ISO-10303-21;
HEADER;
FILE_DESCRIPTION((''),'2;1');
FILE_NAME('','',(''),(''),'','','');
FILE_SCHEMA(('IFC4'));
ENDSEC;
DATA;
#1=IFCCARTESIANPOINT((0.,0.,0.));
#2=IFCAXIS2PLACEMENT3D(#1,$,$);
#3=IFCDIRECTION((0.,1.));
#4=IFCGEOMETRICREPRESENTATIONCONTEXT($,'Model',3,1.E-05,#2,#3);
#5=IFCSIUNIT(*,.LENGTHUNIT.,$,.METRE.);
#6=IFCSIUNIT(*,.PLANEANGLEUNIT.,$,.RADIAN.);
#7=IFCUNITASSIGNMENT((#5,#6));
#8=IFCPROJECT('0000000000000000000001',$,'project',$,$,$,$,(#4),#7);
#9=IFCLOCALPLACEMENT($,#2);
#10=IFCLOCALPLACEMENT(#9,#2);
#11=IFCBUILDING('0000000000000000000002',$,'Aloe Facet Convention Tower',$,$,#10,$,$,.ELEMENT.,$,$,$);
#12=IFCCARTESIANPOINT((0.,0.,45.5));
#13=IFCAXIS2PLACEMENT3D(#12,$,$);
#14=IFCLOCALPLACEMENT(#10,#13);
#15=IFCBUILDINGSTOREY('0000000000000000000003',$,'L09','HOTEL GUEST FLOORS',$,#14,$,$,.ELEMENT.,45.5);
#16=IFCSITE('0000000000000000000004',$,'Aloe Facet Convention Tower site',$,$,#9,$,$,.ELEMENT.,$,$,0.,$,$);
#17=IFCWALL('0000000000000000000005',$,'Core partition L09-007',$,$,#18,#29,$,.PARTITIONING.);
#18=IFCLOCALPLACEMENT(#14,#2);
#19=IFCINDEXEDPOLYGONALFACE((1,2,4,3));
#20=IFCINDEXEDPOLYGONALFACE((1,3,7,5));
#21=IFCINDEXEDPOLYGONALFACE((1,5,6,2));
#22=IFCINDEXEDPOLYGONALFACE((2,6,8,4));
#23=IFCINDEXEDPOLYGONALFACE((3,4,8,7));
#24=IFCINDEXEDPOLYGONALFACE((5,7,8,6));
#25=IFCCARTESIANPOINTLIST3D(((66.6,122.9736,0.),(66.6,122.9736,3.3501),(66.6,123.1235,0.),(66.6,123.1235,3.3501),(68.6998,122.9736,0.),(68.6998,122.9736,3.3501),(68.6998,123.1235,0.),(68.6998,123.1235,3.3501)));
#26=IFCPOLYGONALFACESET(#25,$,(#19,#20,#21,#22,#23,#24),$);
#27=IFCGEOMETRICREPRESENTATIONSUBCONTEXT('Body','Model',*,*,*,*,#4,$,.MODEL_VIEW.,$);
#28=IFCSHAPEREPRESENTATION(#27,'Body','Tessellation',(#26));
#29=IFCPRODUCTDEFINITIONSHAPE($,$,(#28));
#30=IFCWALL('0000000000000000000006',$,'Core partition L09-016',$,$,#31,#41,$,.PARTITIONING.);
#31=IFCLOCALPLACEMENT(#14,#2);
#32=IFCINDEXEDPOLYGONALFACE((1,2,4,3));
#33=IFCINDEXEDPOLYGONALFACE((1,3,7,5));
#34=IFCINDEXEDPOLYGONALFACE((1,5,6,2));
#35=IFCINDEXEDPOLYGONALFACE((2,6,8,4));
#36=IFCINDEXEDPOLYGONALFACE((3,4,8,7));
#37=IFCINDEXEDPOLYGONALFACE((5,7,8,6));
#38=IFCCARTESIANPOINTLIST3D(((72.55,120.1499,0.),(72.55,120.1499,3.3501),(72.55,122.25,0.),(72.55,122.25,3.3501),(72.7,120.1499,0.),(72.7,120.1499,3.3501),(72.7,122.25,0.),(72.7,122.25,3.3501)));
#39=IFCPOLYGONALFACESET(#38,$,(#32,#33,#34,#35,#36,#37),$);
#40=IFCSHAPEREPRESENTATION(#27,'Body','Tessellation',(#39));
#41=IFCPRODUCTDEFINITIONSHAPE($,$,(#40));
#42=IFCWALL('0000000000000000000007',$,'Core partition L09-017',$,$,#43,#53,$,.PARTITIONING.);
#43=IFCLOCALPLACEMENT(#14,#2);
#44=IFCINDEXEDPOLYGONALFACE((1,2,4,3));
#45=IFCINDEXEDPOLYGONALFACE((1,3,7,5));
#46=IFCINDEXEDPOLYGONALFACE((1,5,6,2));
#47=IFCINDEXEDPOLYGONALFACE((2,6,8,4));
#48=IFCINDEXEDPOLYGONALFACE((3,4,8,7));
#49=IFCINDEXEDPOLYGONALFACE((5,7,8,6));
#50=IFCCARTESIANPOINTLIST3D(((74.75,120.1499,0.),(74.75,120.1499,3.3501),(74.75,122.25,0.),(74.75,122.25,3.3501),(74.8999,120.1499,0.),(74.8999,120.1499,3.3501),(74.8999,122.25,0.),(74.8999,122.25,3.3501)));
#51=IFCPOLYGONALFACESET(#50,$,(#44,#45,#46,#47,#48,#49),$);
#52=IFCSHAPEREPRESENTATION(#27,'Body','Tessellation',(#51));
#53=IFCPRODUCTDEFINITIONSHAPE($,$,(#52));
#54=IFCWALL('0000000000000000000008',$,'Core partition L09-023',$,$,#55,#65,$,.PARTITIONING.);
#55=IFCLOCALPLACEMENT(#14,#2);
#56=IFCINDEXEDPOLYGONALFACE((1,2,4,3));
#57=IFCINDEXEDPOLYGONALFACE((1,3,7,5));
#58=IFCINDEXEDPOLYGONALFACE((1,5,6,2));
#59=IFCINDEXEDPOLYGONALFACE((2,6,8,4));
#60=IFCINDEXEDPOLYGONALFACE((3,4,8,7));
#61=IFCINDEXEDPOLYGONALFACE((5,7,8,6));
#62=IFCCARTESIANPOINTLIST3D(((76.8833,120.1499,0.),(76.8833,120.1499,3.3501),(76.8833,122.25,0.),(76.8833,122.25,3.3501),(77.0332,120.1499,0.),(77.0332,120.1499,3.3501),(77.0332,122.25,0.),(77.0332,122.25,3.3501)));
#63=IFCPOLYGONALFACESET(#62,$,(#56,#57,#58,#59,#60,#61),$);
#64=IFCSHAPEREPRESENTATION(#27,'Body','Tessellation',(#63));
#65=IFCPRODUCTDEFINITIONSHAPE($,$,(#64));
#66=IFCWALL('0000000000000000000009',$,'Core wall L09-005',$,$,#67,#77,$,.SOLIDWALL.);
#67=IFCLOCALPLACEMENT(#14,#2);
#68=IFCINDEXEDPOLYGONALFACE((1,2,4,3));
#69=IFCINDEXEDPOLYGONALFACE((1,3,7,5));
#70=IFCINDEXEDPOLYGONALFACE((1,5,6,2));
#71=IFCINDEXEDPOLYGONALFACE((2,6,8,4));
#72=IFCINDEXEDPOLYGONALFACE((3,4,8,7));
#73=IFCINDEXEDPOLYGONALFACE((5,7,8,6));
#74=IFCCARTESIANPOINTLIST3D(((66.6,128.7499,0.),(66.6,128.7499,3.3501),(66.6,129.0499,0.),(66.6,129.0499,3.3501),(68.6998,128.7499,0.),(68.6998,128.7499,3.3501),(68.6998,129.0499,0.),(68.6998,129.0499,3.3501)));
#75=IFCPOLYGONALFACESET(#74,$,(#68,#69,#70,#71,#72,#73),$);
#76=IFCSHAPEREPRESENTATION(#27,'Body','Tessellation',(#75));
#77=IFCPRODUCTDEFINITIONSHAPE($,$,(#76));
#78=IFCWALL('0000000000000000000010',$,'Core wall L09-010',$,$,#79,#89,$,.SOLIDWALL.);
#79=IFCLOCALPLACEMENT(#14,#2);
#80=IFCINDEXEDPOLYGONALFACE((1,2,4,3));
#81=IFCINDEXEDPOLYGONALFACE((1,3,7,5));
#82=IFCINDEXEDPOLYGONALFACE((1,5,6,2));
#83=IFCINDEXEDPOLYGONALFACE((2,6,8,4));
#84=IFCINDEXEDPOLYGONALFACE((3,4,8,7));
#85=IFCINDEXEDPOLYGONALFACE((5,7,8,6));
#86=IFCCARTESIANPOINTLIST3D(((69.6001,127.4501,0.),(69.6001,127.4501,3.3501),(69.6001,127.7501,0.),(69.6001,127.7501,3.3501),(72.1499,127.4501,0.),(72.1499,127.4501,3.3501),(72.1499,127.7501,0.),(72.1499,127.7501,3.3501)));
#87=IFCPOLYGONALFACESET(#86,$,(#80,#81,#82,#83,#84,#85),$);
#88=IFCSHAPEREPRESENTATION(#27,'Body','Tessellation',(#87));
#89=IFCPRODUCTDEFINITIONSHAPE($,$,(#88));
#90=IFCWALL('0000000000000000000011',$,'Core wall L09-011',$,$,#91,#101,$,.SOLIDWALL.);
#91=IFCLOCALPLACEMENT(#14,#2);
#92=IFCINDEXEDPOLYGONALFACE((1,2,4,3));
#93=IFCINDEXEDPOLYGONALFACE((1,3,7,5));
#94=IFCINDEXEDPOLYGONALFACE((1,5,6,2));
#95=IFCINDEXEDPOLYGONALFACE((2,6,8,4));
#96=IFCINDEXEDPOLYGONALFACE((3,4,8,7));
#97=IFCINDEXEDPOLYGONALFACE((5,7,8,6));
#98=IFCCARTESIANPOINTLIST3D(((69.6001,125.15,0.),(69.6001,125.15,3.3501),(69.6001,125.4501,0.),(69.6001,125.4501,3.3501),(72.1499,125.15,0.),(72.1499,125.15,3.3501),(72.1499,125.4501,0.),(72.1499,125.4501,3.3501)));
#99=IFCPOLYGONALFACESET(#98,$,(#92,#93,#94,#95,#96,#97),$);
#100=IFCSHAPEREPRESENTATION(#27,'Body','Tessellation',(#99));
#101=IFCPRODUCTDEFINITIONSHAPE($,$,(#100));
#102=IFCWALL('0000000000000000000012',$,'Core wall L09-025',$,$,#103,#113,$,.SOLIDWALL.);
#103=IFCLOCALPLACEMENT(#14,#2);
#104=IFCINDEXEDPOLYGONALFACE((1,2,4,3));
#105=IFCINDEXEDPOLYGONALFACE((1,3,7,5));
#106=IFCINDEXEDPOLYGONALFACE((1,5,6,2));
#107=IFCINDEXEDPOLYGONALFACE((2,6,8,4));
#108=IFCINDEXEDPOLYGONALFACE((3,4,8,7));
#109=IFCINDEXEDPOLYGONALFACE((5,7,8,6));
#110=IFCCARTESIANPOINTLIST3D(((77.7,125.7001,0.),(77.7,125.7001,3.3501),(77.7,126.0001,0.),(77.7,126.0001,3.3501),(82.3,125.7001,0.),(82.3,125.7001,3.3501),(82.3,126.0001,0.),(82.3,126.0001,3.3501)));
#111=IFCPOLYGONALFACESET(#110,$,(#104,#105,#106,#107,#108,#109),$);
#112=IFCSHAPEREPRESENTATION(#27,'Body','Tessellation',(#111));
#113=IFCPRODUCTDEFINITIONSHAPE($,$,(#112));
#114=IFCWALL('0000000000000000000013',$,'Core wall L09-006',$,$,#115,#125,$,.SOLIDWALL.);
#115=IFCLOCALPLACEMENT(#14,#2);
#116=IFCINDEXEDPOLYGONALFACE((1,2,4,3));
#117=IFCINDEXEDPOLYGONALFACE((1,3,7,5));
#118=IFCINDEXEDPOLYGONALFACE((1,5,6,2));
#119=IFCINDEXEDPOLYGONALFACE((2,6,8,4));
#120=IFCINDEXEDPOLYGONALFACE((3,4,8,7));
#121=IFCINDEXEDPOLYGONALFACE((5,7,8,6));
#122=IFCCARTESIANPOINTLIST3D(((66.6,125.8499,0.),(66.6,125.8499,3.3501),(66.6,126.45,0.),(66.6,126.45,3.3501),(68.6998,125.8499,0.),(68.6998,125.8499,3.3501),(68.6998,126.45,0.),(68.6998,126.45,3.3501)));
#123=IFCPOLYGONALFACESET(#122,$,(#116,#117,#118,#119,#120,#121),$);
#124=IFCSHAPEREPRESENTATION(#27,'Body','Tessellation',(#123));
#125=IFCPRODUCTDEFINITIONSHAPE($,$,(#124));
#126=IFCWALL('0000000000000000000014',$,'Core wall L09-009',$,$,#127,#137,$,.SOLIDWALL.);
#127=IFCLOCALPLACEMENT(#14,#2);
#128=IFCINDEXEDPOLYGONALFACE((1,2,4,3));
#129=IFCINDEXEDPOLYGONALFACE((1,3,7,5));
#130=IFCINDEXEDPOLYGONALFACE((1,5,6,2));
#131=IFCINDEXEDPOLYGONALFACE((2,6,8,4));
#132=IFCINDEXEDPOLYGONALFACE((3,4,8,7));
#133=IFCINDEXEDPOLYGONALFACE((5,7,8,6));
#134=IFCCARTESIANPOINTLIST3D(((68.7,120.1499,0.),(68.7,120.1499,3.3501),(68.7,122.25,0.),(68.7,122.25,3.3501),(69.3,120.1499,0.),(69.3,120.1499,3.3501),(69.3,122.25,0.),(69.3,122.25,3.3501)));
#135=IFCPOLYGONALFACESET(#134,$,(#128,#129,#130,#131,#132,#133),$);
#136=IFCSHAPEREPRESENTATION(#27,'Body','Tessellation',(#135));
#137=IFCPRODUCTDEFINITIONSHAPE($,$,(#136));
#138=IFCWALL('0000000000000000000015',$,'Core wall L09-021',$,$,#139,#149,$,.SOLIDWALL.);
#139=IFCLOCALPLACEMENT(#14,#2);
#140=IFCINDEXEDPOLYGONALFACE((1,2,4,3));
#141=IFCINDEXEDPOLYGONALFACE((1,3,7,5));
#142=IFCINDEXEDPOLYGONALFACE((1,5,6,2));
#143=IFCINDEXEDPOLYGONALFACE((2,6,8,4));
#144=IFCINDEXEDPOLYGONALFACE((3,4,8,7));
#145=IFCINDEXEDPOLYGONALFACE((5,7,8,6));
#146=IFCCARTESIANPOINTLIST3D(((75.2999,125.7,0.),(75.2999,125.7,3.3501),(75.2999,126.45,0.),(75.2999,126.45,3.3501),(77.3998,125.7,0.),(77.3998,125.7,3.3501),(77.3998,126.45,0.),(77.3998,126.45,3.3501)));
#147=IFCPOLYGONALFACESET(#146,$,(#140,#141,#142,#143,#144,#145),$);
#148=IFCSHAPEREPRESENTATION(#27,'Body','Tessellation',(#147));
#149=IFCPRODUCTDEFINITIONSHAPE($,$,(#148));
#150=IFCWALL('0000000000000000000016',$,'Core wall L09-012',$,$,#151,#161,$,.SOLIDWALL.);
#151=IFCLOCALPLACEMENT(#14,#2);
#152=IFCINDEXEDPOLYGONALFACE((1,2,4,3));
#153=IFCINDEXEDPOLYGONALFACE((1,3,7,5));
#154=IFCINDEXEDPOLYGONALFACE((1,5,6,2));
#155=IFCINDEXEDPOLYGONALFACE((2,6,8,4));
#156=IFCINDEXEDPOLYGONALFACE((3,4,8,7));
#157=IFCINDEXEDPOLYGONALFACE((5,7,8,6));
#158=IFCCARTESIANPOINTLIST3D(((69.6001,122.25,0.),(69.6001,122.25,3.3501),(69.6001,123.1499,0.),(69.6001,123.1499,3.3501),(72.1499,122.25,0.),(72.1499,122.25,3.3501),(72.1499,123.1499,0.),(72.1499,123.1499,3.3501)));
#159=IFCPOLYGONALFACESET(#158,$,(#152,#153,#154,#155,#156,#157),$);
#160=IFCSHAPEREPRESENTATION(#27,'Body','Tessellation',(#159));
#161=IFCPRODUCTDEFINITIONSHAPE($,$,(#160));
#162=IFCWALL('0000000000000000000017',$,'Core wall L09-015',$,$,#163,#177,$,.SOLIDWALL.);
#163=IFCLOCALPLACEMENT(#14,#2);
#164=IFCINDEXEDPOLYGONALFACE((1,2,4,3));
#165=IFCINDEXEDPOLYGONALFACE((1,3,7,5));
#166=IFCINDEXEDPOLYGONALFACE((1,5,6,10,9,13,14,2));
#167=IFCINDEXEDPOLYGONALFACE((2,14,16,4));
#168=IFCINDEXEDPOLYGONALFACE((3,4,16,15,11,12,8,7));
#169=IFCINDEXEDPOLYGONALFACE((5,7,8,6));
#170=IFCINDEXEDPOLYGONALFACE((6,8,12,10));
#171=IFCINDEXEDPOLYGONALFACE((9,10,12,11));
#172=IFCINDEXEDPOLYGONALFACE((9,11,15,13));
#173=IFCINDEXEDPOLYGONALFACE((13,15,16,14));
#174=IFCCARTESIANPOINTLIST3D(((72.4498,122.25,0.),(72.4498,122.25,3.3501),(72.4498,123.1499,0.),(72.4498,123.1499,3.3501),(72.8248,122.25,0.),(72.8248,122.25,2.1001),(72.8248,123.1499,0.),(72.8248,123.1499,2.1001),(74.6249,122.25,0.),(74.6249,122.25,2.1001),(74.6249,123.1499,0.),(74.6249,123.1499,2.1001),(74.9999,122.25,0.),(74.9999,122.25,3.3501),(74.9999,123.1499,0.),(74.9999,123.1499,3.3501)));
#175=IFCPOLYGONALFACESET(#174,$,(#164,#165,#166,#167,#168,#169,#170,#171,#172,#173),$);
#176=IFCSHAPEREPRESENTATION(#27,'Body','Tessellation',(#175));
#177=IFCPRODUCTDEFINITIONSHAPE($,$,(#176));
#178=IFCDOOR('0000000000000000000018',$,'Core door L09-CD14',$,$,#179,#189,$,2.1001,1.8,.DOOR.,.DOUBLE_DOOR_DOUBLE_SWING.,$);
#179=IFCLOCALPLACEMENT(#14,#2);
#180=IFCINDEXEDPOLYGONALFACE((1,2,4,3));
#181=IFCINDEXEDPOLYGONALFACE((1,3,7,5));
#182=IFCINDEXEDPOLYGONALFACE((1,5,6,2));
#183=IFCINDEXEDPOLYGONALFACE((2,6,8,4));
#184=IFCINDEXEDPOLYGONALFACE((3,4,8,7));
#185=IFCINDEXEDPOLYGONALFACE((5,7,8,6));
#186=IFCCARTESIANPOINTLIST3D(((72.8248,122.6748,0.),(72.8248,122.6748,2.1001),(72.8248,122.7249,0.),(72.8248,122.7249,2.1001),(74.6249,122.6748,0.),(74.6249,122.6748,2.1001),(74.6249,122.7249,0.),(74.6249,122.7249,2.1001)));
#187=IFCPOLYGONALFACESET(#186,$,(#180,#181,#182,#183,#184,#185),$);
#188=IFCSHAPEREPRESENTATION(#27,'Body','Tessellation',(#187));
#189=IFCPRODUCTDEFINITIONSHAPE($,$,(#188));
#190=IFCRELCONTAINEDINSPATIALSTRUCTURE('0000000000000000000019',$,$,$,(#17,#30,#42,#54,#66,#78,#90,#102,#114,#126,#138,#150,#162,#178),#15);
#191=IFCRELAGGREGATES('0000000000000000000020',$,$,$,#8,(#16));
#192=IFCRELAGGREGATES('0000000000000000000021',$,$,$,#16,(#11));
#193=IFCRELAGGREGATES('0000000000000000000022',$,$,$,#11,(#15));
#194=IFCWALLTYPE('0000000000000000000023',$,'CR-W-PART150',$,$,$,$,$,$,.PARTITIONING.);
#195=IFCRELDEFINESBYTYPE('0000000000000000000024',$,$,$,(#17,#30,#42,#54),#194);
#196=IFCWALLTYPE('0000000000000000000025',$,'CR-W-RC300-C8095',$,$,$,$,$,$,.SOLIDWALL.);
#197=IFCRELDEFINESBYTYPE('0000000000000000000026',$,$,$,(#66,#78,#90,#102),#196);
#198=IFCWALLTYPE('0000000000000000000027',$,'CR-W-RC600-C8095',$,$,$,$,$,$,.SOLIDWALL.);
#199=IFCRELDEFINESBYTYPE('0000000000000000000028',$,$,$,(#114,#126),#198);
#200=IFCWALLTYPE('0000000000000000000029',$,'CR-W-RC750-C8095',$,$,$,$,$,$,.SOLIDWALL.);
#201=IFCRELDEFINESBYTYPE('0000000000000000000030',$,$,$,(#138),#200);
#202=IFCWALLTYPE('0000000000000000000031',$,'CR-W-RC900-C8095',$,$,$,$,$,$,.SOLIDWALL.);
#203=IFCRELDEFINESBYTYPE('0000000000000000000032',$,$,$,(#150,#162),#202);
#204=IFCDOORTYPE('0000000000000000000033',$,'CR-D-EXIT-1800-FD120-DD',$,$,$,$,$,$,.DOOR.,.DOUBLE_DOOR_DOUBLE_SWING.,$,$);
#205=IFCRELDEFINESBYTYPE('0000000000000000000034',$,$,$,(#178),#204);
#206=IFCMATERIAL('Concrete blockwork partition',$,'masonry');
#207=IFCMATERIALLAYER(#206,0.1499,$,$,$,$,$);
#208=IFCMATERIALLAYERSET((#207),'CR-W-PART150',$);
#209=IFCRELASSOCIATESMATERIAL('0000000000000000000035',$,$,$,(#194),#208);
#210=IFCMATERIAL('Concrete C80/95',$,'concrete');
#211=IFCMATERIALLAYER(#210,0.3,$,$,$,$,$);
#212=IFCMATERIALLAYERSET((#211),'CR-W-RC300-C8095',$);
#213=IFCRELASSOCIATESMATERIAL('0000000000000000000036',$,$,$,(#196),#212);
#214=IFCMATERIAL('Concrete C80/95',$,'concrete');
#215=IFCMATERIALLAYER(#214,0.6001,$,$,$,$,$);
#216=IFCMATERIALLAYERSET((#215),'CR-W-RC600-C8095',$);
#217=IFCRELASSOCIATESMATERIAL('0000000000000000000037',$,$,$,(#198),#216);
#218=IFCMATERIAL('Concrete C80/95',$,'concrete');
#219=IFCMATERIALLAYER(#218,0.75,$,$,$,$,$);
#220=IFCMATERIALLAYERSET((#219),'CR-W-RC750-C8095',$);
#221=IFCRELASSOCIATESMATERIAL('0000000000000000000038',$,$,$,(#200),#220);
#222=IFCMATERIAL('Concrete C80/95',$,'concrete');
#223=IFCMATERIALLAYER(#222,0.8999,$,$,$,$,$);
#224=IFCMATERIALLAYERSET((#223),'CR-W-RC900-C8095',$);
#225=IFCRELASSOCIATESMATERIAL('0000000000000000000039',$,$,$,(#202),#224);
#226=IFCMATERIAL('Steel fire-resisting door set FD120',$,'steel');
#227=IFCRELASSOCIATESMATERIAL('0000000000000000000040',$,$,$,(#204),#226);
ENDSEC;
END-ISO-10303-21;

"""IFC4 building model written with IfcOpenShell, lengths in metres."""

from ifc_helpers import new_model, si_unit, direction, frame, frame_2d, origin, place, context, subcontext, project, spatial, rectangle, extrude, material, layer, layer_set, type_object, element, fill, save


model = new_model("IFC4")

# Units and contexts
model_context = context("Model", 3, precision=1e-05, world=origin(), true_north=direction((0.0, 1.0)))
body_context = subcontext(model_context, "Body", "Model", "MODEL_VIEW")
ifc_project = project(units=[si_unit("LENGTHUNIT", "METRE"), si_unit("PLANEANGLEUNIT", "RADIAN")], contexts=[model_context])

# Site, building, storey
site_placement = place(None, origin())
site = spatial("IfcSite", under=ifc_project, at=site_placement, Name="Aloe Facet Convention Tower site", CompositionType="ELEMENT", RefElevation=0.0)
building_placement = place(site_placement, origin())
building = spatial("IfcBuilding", under=site, at=building_placement, Name="Aloe Facet Convention Tower", CompositionType="ELEMENT")
storey_placement = place(building_placement, frame((0.0, 0.0, 45.5)))
storey = spatial("IfcBuildingStorey", under=building, at=storey_placement, Name="L09", Description="HOTEL GUEST FLOORS", CompositionType="ELEMENT", Elevation=45.5)

# Walls
ifc_material_1 = material(Name="Concrete blockwork partition", Category="masonry")
ifc_layer_1 = layer(ifc_material_1, 0.1499)
ifc_layer_set_1 = layer_set([ifc_layer_1], Name="CR-W-PART150")
wall_type_1 = type_object("IfcWallType", Name="CR-W-PART150", PredefinedType="PARTITIONING", material=ifc_layer_set_1)
wall_1_placement = place(storey_placement, frame((66.6001, 123.0486, 0.0), z_axis=(0.0, 0.0, 1.0), x_axis=(1.0, 0.0, 0.0)))
element("IfcWall", 1, at=wall_1_placement, inside=storey, type_object=wall_type_1, Name="Core partition L09-007", PredefinedType="PARTITIONING", context=body_context, shape_type="SweptSolid", body=[
    extrude(rectangle(XDim=2.0999, YDim=0.1499, at=frame_2d((1.0498, 0.0))), origin(), (0.0, 0.0, 1.0), 3.3501),
])
for number, where, z_axis, x_axis, name in (
    (2, (72.625, 122.25, 0.0), (0.0, 0.0, 1.0), (0.0, -1.0, 0.0), "Core partition L09-016"),
    (3, (74.825, 122.25, 0.0), (0.0, 0.0, 1.0), (0.0, -1.0, 0.0), "Core partition L09-017"),
    (4, (76.9583, 122.25, 0.0), (0.0, 0.0, 1.0), (0.0, -1.0, 0.0), "Core partition L09-023"),
):
    element("IfcWall", number, at=place(storey_placement, frame(where, z_axis=z_axis, x_axis=x_axis)), inside=storey, type_object=wall_type_1, Name=name, PredefinedType="PARTITIONING", context=body_context, shape_type="SweptSolid", body=[
        extrude(rectangle(XDim=2.1001, YDim=0.1499, at=frame_2d((1.05, 0.0))), origin(), (0.0, 0.0, 1.0), 3.3501),
    ])
ifc_material_2 = material(Name="Concrete C80/95", Category="concrete")
ifc_layer_2 = layer(ifc_material_2, 0.3)
ifc_layer_set_2 = layer_set([ifc_layer_2], Name="CR-W-RC300-C8095")
wall_type_2 = type_object("IfcWallType", Name="CR-W-RC300-C8095", PredefinedType="SOLIDWALL", material=ifc_layer_set_2)
wall_2_placement = place(storey_placement, frame((66.6001, 128.8999, 0.0), z_axis=(0.0, 0.0, 1.0), x_axis=(1.0, 0.0, 0.0)))
element("IfcWall", 5, at=wall_2_placement, inside=storey, type_object=wall_type_2, Name="Core wall L09-005", PredefinedType="SOLIDWALL", context=body_context, shape_type="SweptSolid", body=[
    extrude(rectangle(XDim=2.0999, YDim=0.3, at=frame_2d((1.0498, 0.0))), origin(), (0.0, 0.0, 1.0), 3.3501),
])
for number, where, z_axis, x_axis, name in (
    (6, (69.6001, 127.6001, 0.0), (0.0, 0.0, 1.0), (1.0, 0.0, 0.0), "Core wall L09-010"),
    (7, (69.6001, 125.3, 0.0), (0.0, 0.0, 1.0), (1.0, 0.0, 0.0), "Core wall L09-011"),
):
    element("IfcWall", number, at=place(storey_placement, frame(where, z_axis=z_axis, x_axis=x_axis)), inside=storey, type_object=wall_type_2, Name=name, PredefinedType="SOLIDWALL", context=body_context, shape_type="SweptSolid", body=[
        extrude(rectangle(XDim=2.5498, YDim=0.3, at=frame_2d((1.2749, 0.0))), origin(), (0.0, 0.0, 1.0), 3.3501),
    ])
wall_3_placement = place(storey_placement, frame((77.7, 125.8501, 0.0), z_axis=(0.0, 0.0, 1.0), x_axis=(1.0, 0.0, 0.0)))
element("IfcWall", 8, at=wall_3_placement, inside=storey, type_object=wall_type_2, Name="Core wall L09-025", PredefinedType="SOLIDWALL", context=body_context, shape_type="SweptSolid", body=[
    extrude(rectangle(XDim=4.6001, YDim=0.3, at=frame_2d((2.3, 0.0))), origin(), (0.0, 0.0, 1.0), 3.3501),
])
ifc_material_3 = material(Name="Concrete C80/95", Category="concrete")
ifc_layer_3 = layer(ifc_material_3, 0.6001)
ifc_layer_set_3 = layer_set([ifc_layer_3], Name="CR-W-RC600-C8095")
wall_type_3 = type_object("IfcWallType", Name="CR-W-RC600-C8095", PredefinedType="SOLIDWALL", material=ifc_layer_set_3)
wall_4_placement = place(storey_placement, frame((66.6001, 126.1499, 0.0), z_axis=(0.0, 0.0, 1.0), x_axis=(1.0, 0.0, 0.0)))
element("IfcWall", 9, at=wall_4_placement, inside=storey, type_object=wall_type_3, Name="Core wall L09-006", PredefinedType="SOLIDWALL", context=body_context, shape_type="SweptSolid", body=[
    extrude(rectangle(XDim=2.0999, YDim=0.6001, at=frame_2d((1.0498, 0.0))), origin(), (0.0, 0.0, 1.0), 3.3501),
])
wall_5_placement = place(storey_placement, frame((69.0, 122.25, 0.0), z_axis=(0.0, 0.0, 1.0), x_axis=(0.0, -1.0, 0.0)))
element("IfcWall", 10, at=wall_5_placement, inside=storey, type_object=wall_type_3, Name="Core wall L09-009", PredefinedType="SOLIDWALL", context=body_context, shape_type="SweptSolid", body=[
    extrude(rectangle(XDim=2.1001, YDim=0.6001, at=frame_2d((1.05, 0.0))), origin(), (0.0, 0.0, 1.0), 3.3501),
])
ifc_material_4 = material(Name="Concrete C80/95", Category="concrete")
ifc_layer_4 = layer(ifc_material_4, 0.75)
ifc_layer_set_4 = layer_set([ifc_layer_4], Name="CR-W-RC750-C8095")
wall_type_4 = type_object("IfcWallType", Name="CR-W-RC750-C8095", PredefinedType="SOLIDWALL", material=ifc_layer_set_4)
wall_6_placement = place(storey_placement, frame((75.3, 126.075, 0.0), z_axis=(0.0, 0.0, 1.0), x_axis=(1.0, 0.0, 0.0)))
element("IfcWall", 11, at=wall_6_placement, inside=storey, type_object=wall_type_4, Name="Core wall L09-021", PredefinedType="SOLIDWALL", context=body_context, shape_type="SweptSolid", body=[
    extrude(rectangle(XDim=2.0999, YDim=0.75, at=frame_2d((1.0498, 0.0))), origin(), (0.0, 0.0, 1.0), 3.3501),
])
ifc_material_5 = material(Name="Concrete C80/95", Category="concrete")
ifc_layer_5 = layer(ifc_material_5, 0.8999)
ifc_layer_set_5 = layer_set([ifc_layer_5], Name="CR-W-RC900-C8095")
wall_type_5 = type_object("IfcWallType", Name="CR-W-RC900-C8095", PredefinedType="SOLIDWALL", material=ifc_layer_set_5)
wall_7_placement = place(storey_placement, frame((69.6001, 122.7, 0.0), z_axis=(0.0, 0.0, 1.0), x_axis=(1.0, 0.0, 0.0)))
element("IfcWall", 12, at=wall_7_placement, inside=storey, type_object=wall_type_5, Name="Core wall L09-012", PredefinedType="SOLIDWALL", context=body_context, shape_type="SweptSolid", body=[
    extrude(rectangle(XDim=2.5498, YDim=0.8999, at=frame_2d((1.2749, 0.0))), origin(), (0.0, 0.0, 1.0), 3.3501),
])

# Wall, opening, door
wall_8_placement = place(storey_placement, frame((72.45, 122.7, 0.0), z_axis=(0.0, 0.0, 1.0), x_axis=(1.0, 0.0, 0.0)))
wall_8 = element("IfcWall", 13, at=wall_8_placement, inside=storey, type_object=wall_type_5, Name="Core wall L09-015", PredefinedType="SOLIDWALL", context=body_context, shape_type="SweptSolid", body=[
    extrude(rectangle(XDim=2.55, YDim=0.8999, at=frame_2d((1.2749, 0.0))), origin(), (0.0, 0.0, 1.0), 3.3501),
])
opening_placement = place(wall_8_placement, frame((0.375, 0.0, 0.0)))
opening = element("IfcOpeningElement", 14, at=opening_placement, cuts=wall_8, PredefinedType="OPENING", context=body_context, shape_type="SweptSolid", body=[
    extrude(rectangle(XDim=1.8, YDim=2.1001, at=frame_2d((0.8999, 1.05))), frame((0.0, 0.46, 0.0), z_axis=(0.0, -1.0, 0.0), x_axis=(1.0, 0.0, 0.0)), (0.0, 0.0, 1.0), 0.9199),
])
ifc_material_6 = material(Name="Steel fire-resisting door set FD120", Category="steel")
door_type = type_object("IfcDoorType", Name="CR-D-EXIT-1800-FD120-DD", OperationType="DOUBLE_DOOR_DOUBLE_SWING", PredefinedType="DOOR", material=ifc_material_6)
door_placement = place(opening_placement, origin())
door = element("IfcDoor", 15, at=door_placement, inside=storey, type_object=door_type, Name="Core door L09-CD14", OperationType="DOUBLE_DOOR_DOUBLE_SWING", OverallHeight=2.1001, OverallWidth=1.8, PredefinedType="DOOR", context=body_context, shape_type="SweptSolid", body=[
    extrude(rectangle(XDim=1.8, YDim=2.1001, at=frame_2d((0.8999, 1.05))), frame((0.0, 0.0249, 0.0), z_axis=(0.0, -1.0, 0.0), x_axis=(1.0, 0.0, 0.0)), (0.0, 0.0, 1.0), 0.05),
])
fill(opening, door)

save(model, "model.ifc")
